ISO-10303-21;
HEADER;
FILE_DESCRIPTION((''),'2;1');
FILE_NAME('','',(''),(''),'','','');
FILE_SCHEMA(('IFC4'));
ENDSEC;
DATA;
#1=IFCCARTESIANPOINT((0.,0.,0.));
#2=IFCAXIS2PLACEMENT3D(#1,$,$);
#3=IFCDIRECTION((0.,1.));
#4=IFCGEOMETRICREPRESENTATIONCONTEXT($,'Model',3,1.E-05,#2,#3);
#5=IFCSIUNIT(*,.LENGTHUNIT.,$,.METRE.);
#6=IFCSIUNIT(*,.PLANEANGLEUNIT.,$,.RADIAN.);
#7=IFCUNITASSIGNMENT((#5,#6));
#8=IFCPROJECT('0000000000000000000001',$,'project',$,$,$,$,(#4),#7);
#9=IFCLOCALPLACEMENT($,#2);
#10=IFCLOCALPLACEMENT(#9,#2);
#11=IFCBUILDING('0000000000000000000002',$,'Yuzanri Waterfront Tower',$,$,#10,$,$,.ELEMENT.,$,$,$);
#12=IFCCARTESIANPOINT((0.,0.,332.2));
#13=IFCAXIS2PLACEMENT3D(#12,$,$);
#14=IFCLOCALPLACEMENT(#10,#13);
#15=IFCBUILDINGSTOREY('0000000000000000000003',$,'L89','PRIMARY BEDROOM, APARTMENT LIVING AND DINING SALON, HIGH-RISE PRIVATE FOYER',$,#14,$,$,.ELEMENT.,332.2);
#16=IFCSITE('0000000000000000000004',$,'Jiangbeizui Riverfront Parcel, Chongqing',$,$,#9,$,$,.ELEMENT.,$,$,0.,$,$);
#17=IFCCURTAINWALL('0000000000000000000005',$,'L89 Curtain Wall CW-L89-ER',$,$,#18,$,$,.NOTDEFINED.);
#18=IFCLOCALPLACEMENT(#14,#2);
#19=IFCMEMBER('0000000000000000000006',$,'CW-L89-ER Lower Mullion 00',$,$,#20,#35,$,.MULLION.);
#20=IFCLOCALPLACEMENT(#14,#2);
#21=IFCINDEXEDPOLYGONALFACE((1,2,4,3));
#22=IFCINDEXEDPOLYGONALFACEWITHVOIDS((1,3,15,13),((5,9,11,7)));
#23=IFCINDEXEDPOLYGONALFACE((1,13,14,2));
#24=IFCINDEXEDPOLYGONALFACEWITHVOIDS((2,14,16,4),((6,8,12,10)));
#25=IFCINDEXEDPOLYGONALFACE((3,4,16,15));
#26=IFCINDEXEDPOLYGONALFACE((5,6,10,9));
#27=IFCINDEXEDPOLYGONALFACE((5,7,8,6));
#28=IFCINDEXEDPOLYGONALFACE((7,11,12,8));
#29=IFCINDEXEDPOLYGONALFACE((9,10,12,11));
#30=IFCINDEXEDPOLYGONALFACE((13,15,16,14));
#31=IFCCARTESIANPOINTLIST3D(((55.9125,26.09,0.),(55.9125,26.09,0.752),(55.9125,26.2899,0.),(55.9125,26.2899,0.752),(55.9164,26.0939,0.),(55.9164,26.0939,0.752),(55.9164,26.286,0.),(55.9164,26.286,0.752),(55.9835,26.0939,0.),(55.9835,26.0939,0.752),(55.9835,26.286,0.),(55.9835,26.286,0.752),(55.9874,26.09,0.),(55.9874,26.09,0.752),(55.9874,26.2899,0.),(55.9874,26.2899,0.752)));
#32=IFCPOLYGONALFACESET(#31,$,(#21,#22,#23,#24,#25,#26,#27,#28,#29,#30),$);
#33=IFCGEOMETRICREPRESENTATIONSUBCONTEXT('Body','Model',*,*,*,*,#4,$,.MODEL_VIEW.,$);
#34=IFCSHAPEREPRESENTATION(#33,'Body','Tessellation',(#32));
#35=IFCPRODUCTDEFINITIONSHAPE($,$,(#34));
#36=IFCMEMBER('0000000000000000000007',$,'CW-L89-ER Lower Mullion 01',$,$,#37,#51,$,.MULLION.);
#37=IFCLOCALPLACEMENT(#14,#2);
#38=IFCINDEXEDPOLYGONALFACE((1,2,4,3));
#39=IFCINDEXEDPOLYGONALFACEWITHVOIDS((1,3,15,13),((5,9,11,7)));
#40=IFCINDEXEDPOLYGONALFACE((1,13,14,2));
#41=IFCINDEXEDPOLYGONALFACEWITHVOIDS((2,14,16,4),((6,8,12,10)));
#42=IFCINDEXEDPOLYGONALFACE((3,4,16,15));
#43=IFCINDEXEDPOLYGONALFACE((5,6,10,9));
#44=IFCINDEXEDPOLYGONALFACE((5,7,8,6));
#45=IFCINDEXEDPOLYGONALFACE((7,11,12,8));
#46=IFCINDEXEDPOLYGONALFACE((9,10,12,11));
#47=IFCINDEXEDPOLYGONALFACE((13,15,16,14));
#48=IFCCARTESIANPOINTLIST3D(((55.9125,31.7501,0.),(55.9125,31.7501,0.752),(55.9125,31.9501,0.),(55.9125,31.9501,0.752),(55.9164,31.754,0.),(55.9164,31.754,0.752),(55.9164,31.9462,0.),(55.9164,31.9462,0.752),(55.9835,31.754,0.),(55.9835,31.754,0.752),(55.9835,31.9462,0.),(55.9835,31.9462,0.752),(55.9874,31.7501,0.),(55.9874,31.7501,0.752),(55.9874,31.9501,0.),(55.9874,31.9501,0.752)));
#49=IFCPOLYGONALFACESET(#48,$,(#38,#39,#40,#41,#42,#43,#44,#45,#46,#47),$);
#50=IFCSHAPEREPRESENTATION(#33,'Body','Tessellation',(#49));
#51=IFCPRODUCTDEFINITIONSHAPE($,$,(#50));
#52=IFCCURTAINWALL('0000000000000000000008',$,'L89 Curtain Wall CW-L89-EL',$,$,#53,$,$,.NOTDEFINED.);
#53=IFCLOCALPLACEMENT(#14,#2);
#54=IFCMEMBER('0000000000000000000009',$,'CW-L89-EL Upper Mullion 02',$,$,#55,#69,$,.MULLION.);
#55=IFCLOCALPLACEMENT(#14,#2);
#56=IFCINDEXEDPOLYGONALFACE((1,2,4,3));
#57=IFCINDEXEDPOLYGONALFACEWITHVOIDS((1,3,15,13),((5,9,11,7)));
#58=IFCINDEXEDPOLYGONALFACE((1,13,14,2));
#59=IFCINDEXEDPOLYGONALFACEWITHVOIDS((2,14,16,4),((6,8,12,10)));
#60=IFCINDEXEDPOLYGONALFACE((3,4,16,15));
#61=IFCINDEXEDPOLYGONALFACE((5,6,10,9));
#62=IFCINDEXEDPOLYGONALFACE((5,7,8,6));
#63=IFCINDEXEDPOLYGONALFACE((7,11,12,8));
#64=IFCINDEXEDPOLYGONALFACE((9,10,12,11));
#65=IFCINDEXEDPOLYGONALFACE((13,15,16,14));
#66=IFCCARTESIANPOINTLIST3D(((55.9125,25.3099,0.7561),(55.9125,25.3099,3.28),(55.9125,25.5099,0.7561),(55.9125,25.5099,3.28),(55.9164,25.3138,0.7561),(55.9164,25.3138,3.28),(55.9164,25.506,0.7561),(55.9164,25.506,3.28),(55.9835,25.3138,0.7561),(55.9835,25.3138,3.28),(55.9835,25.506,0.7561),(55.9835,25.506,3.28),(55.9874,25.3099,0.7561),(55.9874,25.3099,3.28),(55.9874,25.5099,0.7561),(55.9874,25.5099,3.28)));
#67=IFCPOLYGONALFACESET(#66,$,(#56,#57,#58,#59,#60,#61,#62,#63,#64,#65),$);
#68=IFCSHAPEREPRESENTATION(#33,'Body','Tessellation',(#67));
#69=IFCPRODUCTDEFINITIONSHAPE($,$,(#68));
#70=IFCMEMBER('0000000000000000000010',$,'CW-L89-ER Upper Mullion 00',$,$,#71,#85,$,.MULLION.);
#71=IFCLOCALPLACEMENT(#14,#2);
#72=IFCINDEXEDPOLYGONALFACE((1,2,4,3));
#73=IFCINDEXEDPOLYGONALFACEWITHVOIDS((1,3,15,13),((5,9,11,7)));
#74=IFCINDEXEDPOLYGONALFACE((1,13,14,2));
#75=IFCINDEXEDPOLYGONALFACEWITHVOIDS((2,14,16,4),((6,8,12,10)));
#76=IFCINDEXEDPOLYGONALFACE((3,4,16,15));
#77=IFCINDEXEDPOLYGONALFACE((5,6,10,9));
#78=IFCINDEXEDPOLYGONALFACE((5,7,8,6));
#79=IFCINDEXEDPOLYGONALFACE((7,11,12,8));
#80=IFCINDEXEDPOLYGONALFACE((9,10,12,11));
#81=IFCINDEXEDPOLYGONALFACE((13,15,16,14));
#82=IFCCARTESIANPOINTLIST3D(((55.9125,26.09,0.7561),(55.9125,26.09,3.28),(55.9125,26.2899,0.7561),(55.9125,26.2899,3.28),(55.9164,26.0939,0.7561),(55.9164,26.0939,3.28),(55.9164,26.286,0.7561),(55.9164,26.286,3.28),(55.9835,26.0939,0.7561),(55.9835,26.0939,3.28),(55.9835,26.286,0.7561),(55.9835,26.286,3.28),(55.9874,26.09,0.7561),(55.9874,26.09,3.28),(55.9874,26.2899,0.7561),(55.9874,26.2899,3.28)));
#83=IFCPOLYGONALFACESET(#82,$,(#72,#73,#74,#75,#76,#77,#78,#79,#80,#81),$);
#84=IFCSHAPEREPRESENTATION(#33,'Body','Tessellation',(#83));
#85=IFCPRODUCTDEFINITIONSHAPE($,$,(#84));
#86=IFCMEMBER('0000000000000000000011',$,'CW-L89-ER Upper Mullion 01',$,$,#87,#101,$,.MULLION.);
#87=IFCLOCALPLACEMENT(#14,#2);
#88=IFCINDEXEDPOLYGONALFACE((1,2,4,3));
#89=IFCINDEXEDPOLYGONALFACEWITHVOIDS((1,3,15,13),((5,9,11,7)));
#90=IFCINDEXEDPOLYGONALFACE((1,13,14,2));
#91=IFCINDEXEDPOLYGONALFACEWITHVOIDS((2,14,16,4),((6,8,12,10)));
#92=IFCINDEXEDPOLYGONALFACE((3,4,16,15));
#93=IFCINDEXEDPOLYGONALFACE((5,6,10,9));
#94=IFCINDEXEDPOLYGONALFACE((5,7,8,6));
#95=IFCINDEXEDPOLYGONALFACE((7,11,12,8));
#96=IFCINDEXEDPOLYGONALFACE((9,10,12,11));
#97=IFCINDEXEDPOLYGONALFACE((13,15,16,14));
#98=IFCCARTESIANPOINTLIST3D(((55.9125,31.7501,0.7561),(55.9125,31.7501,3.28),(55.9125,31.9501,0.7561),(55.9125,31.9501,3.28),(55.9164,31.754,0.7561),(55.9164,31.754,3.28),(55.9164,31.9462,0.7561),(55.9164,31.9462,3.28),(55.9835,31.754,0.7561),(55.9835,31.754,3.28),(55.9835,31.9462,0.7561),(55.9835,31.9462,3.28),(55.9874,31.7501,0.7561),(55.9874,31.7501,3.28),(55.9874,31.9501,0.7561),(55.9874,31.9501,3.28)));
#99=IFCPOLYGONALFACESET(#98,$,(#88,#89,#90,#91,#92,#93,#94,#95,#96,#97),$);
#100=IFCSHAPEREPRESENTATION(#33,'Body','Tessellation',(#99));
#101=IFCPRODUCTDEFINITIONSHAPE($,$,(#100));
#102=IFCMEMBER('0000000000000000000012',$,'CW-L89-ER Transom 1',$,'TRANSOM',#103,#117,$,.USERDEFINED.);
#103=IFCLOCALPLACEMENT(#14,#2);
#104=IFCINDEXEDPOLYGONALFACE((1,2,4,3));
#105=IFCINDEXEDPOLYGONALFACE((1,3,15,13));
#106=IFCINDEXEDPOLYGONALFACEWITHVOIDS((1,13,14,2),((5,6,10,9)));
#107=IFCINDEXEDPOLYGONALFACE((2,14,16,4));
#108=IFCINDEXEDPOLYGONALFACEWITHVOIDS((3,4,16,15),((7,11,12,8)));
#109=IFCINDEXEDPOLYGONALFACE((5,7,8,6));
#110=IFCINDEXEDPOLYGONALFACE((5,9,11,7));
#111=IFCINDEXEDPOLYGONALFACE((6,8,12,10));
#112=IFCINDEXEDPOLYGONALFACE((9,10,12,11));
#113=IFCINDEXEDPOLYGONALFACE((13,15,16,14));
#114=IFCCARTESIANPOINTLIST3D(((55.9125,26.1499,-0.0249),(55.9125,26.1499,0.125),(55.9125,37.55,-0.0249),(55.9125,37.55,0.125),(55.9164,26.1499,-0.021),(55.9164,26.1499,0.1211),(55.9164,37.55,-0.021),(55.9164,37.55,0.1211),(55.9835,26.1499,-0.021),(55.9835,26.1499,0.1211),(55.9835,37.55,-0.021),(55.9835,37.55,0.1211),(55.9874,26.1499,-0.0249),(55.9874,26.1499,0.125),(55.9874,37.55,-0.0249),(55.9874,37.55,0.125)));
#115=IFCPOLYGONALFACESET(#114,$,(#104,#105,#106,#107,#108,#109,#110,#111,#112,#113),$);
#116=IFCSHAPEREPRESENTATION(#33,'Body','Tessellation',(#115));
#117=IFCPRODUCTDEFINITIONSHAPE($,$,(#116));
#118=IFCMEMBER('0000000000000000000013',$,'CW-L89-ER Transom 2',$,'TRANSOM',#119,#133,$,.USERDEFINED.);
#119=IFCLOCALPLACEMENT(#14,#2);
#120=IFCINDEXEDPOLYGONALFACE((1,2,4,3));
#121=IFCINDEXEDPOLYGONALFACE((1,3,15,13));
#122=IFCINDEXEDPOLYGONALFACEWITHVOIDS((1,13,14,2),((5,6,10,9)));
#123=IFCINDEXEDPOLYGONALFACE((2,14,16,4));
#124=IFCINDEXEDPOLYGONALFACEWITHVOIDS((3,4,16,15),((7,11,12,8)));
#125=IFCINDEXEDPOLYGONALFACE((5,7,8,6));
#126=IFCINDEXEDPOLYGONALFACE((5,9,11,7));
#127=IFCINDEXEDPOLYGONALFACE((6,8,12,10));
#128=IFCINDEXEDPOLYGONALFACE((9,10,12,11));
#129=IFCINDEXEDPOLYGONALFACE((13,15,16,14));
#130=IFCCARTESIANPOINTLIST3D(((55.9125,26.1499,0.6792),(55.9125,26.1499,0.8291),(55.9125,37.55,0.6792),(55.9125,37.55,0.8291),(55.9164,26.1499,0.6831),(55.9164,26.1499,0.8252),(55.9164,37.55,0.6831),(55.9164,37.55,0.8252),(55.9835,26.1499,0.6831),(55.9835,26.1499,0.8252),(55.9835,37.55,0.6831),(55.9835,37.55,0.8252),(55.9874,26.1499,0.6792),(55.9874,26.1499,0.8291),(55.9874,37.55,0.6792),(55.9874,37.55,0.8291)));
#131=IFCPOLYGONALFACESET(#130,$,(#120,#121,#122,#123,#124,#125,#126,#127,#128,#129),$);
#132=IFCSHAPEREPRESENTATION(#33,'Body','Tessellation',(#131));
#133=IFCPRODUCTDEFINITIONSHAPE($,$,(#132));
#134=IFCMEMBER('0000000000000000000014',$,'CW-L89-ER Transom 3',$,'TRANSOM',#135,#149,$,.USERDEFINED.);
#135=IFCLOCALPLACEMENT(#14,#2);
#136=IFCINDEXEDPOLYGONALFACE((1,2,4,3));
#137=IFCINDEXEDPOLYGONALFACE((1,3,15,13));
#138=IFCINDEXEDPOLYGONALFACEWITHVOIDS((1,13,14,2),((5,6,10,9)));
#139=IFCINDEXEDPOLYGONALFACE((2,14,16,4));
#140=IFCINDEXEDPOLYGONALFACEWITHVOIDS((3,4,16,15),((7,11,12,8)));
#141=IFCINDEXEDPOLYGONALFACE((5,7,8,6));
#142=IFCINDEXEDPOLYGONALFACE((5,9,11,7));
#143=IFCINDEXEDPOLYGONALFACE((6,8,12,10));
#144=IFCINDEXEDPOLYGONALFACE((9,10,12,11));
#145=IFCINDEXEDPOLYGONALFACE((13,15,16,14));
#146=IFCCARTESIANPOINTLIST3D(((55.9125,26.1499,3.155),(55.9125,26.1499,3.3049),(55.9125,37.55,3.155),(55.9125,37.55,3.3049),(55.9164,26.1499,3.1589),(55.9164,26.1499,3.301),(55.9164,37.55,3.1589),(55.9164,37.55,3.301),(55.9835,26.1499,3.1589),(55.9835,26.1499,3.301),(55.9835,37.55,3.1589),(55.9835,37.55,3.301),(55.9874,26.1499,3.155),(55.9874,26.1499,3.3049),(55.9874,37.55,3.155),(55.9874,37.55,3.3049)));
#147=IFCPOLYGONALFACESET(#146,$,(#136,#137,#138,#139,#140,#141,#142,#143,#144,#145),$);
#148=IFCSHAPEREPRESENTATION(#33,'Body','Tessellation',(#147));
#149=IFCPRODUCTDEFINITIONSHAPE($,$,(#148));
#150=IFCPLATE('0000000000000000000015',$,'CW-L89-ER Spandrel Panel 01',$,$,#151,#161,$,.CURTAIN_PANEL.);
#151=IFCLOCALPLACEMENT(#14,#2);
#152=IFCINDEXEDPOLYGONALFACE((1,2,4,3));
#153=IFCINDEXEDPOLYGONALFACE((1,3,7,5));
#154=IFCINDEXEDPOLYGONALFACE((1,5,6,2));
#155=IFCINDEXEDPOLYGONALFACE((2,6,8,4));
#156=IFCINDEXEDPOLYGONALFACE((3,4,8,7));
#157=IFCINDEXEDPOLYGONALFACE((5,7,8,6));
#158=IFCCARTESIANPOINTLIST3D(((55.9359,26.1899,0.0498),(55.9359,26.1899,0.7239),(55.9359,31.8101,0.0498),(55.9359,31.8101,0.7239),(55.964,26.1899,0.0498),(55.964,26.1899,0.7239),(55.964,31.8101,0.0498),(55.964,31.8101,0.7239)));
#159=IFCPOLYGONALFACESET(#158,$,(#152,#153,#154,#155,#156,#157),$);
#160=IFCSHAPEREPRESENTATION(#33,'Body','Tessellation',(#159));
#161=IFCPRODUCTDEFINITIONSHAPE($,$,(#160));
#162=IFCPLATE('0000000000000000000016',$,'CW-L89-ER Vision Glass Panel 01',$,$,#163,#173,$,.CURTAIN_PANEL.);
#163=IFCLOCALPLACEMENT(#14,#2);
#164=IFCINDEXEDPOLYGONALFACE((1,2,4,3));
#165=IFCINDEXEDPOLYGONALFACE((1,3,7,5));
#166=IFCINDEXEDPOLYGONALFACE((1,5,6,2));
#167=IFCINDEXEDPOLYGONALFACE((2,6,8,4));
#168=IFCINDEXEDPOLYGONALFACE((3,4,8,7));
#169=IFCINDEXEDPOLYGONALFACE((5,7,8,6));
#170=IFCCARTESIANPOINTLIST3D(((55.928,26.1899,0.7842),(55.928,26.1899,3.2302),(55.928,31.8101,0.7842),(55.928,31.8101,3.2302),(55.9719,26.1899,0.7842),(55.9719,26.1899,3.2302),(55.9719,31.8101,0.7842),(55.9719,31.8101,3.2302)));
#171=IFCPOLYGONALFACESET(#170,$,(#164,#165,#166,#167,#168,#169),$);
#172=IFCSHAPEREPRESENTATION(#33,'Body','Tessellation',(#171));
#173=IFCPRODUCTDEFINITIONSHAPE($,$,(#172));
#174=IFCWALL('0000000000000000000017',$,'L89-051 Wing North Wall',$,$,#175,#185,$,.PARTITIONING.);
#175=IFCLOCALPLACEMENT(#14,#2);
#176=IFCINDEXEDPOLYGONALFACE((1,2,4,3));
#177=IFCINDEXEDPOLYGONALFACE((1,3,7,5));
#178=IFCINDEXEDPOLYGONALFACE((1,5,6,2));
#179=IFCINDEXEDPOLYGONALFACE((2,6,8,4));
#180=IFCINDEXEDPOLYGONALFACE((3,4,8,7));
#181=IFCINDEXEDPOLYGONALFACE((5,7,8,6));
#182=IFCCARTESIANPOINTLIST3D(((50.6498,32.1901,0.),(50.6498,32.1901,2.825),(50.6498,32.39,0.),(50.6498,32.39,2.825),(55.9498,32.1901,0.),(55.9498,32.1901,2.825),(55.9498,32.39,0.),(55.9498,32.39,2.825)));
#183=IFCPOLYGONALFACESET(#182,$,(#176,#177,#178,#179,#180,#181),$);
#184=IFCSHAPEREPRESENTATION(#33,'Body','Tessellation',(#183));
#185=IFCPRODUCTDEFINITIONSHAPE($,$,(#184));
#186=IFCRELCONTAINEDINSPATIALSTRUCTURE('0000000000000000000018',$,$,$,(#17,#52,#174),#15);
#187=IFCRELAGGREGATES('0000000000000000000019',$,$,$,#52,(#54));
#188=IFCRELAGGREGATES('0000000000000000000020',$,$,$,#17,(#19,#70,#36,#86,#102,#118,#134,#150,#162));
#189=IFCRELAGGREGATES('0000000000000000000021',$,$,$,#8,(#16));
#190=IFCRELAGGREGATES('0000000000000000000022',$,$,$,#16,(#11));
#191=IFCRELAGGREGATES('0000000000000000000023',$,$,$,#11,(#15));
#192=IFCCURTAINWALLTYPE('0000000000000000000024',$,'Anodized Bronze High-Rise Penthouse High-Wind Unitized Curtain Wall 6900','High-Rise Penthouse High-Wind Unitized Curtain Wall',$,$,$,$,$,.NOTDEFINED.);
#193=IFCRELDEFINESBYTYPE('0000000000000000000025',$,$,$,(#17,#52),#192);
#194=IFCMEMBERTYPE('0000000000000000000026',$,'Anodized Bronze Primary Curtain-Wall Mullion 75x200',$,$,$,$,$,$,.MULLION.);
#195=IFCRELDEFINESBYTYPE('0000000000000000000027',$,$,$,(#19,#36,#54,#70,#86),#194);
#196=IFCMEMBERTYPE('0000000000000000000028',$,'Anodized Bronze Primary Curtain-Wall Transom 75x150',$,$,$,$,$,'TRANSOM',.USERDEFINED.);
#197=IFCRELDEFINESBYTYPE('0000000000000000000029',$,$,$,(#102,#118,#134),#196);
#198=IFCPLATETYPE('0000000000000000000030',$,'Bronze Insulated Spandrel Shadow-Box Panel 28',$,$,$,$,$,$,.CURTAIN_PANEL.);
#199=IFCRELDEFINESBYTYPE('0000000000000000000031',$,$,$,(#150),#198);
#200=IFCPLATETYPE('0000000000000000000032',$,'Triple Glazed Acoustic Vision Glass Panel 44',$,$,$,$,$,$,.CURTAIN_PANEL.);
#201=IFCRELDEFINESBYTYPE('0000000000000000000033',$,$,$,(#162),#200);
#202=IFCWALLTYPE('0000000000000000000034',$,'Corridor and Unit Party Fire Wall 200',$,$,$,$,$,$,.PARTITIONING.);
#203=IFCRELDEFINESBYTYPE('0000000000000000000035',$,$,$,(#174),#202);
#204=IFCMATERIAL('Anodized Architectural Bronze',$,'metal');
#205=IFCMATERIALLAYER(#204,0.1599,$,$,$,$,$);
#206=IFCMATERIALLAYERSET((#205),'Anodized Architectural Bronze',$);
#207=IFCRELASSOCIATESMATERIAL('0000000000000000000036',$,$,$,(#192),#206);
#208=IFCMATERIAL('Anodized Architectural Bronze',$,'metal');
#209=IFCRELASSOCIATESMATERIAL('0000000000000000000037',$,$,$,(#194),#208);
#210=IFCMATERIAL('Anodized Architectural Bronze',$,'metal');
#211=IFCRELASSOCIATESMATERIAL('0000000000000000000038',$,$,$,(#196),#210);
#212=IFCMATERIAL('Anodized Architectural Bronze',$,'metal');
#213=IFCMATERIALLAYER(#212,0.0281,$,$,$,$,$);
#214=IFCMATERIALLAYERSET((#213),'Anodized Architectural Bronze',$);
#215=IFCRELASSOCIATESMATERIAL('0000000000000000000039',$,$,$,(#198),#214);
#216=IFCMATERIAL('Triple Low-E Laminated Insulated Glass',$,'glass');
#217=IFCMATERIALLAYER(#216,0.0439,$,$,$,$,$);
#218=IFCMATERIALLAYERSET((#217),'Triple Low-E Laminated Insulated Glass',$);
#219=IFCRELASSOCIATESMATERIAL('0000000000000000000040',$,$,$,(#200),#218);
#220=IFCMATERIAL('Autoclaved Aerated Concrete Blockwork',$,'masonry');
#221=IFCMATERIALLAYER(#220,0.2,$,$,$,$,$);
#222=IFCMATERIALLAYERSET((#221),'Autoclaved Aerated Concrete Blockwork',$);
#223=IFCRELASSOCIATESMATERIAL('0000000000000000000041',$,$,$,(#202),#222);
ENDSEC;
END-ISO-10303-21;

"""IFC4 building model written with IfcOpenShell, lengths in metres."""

from ifc_helpers import new_model, si_unit, direction, frame, frame_2d, origin, origin_2d, place, context, subcontext, project, spatial, rectangle, hollow_rectangle, extrude, source, transform, mapped, material, layer, layer_set, material_profile, profile_set, type_object, element, aggregate, save


model = new_model("IFC4")

# Units and contexts
model_context = context("Model", 3, precision=1e-05, world=origin(), true_north=direction((0.0, 1.0)))
body_context = subcontext(model_context, "Body", "Model", "MODEL_VIEW")
ifc_project = project(units=[si_unit("LENGTHUNIT", "METRE"), si_unit("PLANEANGLEUNIT", "RADIAN")], contexts=[model_context])

# Site, building, storey
site_placement = place(None, origin())
site = spatial("IfcSite", under=ifc_project, at=site_placement, Name="Jiangbeizui Riverfront Parcel, Chongqing", CompositionType="ELEMENT", RefElevation=0.0)
building_placement = place(site_placement, origin())
building = spatial("IfcBuilding", under=site, at=building_placement, Name="Yuzanri Waterfront Tower", CompositionType="ELEMENT")
storey_placement = place(building_placement, frame((0.0, 0.0, 332.2)))
storey = spatial("IfcBuildingStorey", under=building, at=storey_placement, Name="L89", Description="PRIMARY BEDROOM, APARTMENT LIVING AND DINING SALON, HIGH-RISE PRIVATE FOYER", CompositionType="ELEMENT", Elevation=332.2)

# Curtain wall, members
ifc_material_1 = material(Name="Anodized Architectural Bronze", Category="metal")
ifc_layer_1 = layer(ifc_material_1, 0.1599)
ifc_layer_set_1 = layer_set([ifc_layer_1], Name="Anodized Architectural Bronze")
curtain_wall_type = type_object("IfcCurtainWallType", Name="Anodized Bronze High-Rise Penthouse High-Wind Unitized Curtain Wall 6900", Description="High-Rise Penthouse High-Wind Unitized Curtain Wall", PredefinedType="NOTDEFINED", material=ifc_layer_set_1)
curtain_wall_1_placement = place(storey_placement, origin())
curtain_wall_1 = element("IfcCurtainWall", 1, at=curtain_wall_1_placement, inside=storey, type_object=curtain_wall_type, Name="L89 Curtain Wall CW-L89-ER", PredefinedType="NOTDEFINED")
ifc_material_2 = material(Name="Anodized Architectural Bronze", Category="metal")
ifc_material_profile_1 = material_profile(ifc_material_2, hollow_rectangle(XDim=0.075, YDim=0.2, WallThickness=0.0039, at=origin_2d()), Name="CWM 75x200")
ifc_profile_set_1 = profile_set([ifc_material_profile_1], Name="Anodized Architectural Bronze")
member_type_1 = type_object("IfcMemberType", Name="Anodized Bronze Primary Curtain-Wall Mullion 75x200", PredefinedType="MULLION", material=ifc_profile_set_1)
shared_shape_1 = source(origin(), body_context, "Body", "SweptSolid", [
    extrude(hollow_rectangle(XDim=0.075, YDim=0.2, WallThickness=0.0039, at=origin_2d()), origin(), (0.0, 0.0, 1.0), 0.752),
])
member_1_placement = place(storey_placement, frame((55.95, 26.1899, 0.0), z_axis=(0.0, 0.0, 1.0), x_axis=(1.0, 0.0, 0.0)))
member_1 = element("IfcMember", 2, at=member_1_placement, type_object=member_type_1, Name="CW-L89-ER Lower Mullion 00", PredefinedType="MULLION", context=body_context, shape_type="MappedRepresentation", body=[
    mapped(shared_shape_1, transform((0.0, 0.0, 0.0), scale=1.0)),
])
member_2_placement = place(storey_placement, frame((55.95, 31.8501, 0.0), z_axis=(0.0, 0.0, 1.0), x_axis=(1.0, 0.0, 0.0)))
member_2 = element("IfcMember", 3, at=member_2_placement, type_object=member_type_1, Name="CW-L89-ER Lower Mullion 01", PredefinedType="MULLION", context=body_context, shape_type="MappedRepresentation", body=[
    mapped(shared_shape_1, transform((0.0, 0.0, 0.0), scale=1.0)),
])

# Curtain wall, member
curtain_wall_2_placement = place(storey_placement, origin())
curtain_wall_2 = element("IfcCurtainWall", 4, at=curtain_wall_2_placement, inside=storey, type_object=curtain_wall_type, Name="L89 Curtain Wall CW-L89-EL", PredefinedType="NOTDEFINED")
shared_shape_2 = source(origin(), body_context, "Body", "SweptSolid", [
    extrude(hollow_rectangle(XDim=0.075, YDim=0.2, WallThickness=0.0039, at=origin_2d()), origin(), (0.0, 0.0, 1.0), 2.5239),
])
member_3_placement = place(storey_placement, frame((55.95, 25.4099, 0.7561), z_axis=(0.0, 0.0, 1.0), x_axis=(1.0, 0.0, 0.0)))
member_3 = element("IfcMember", 5, at=member_3_placement, type_object=member_type_1, Name="CW-L89-EL Upper Mullion 02", PredefinedType="MULLION", context=body_context, shape_type="MappedRepresentation", body=[
    mapped(shared_shape_2, transform((0.0, 0.0, 0.0), scale=1.0)),
])
aggregate(curtain_wall_2, [member_3])

# Members
member_4_placement = place(storey_placement, frame((55.95, 26.1899, 0.7561), z_axis=(0.0, 0.0, 1.0), x_axis=(1.0, 0.0, 0.0)))
member_4 = element("IfcMember", 6, at=member_4_placement, type_object=member_type_1, Name="CW-L89-ER Upper Mullion 00", PredefinedType="MULLION", context=body_context, shape_type="MappedRepresentation", body=[
    mapped(shared_shape_2, transform((0.0, 0.0, 0.0), scale=1.0)),
])
member_5_placement = place(storey_placement, frame((55.95, 31.8501, 0.7561), z_axis=(0.0, 0.0, 1.0), x_axis=(1.0, 0.0, 0.0)))
member_5 = element("IfcMember", 7, at=member_5_placement, type_object=member_type_1, Name="CW-L89-ER Upper Mullion 01", PredefinedType="MULLION", context=body_context, shape_type="MappedRepresentation", body=[
    mapped(shared_shape_2, transform((0.0, 0.0, 0.0), scale=1.0)),
])
ifc_material_3 = material(Name="Anodized Architectural Bronze", Category="metal")
ifc_material_profile_2 = material_profile(ifc_material_3, hollow_rectangle(XDim=0.075, YDim=0.1499, WallThickness=0.0039, at=origin_2d()), Name="CWT 75x150")
ifc_profile_set_2 = profile_set([ifc_material_profile_2], Name="Anodized Architectural Bronze")
member_type_2 = type_object("IfcMemberType", Name="Anodized Bronze Primary Curtain-Wall Transom 75x150", ElementType="TRANSOM", PredefinedType="USERDEFINED", material=ifc_profile_set_2)
shared_shape_3 = source(origin(), body_context, "Body", "SweptSolid", [
    extrude(hollow_rectangle(XDim=0.075, YDim=0.1499, WallThickness=0.0039, at=origin_2d()), origin(), (0.0, 0.0, 1.0), 11.4001),
])
member_6_placement = place(storey_placement, frame((55.95, 26.1499, 0.05), z_axis=(0.0, 1.0, 0.0), x_axis=(-1.0, 0.0, 0.0)))
member_6 = element("IfcMember", 8, at=member_6_placement, type_object=member_type_2, Name="CW-L89-ER Transom 1", ObjectType="TRANSOM", PredefinedType="USERDEFINED", context=body_context, shape_type="MappedRepresentation", body=[
    mapped(shared_shape_3, transform((0.0, 0.0, 0.0), scale=1.0)),
])
member_7_placement = place(storey_placement, frame((55.95, 26.1499, 0.7542), z_axis=(0.0, 1.0, 0.0), x_axis=(-1.0, 0.0, 0.0)))
member_7 = element("IfcMember", 9, at=member_7_placement, type_object=member_type_2, Name="CW-L89-ER Transom 2", ObjectType="TRANSOM", PredefinedType="USERDEFINED", context=body_context, shape_type="MappedRepresentation", body=[
    mapped(shared_shape_3, transform((0.0, 0.0, 0.0), scale=1.0)),
])
member_8_placement = place(storey_placement, frame((55.95, 26.1499, 3.23), z_axis=(0.0, 1.0, 0.0), x_axis=(-1.0, 0.0, 0.0)))
member_8 = element("IfcMember", 10, at=member_8_placement, type_object=member_type_2, Name="CW-L89-ER Transom 3", ObjectType="TRANSOM", PredefinedType="USERDEFINED", context=body_context, shape_type="MappedRepresentation", body=[
    mapped(shared_shape_3, transform((0.0, 0.0, 0.0), scale=1.0)),
])

# Plates
ifc_material_4 = material(Name="Anodized Architectural Bronze", Category="metal")
ifc_layer_2 = layer(ifc_material_4, 0.0281)
ifc_layer_set_2 = layer_set([ifc_layer_2], Name="Anodized Architectural Bronze")
plate_type_1 = type_object("IfcPlateType", Name="Bronze Insulated Spandrel Shadow-Box Panel 28", PredefinedType="CURTAIN_PANEL", material=ifc_layer_set_2)
shared_shape_4 = source(origin(), body_context, "Body", "SweptSolid", [
    extrude(rectangle(XDim=5.6201, YDim=0.0281, at=origin_2d()), origin(), (0.0, 0.0, 1.0), 0.6741),
])
plate_1_placement = place(storey_placement, frame((55.95, 29.0, 0.0498), z_axis=(0.0, 0.0, 1.0), x_axis=(0.0, 1.0, 0.0)))
plate_1 = element("IfcPlate", 11, at=plate_1_placement, type_object=plate_type_1, Name="CW-L89-ER Spandrel Panel 01", PredefinedType="CURTAIN_PANEL", context=body_context, shape_type="MappedRepresentation", body=[
    mapped(shared_shape_4, transform((0.0, 0.0, 0.0), scale=1.0)),
])
ifc_material_5 = material(Name="Triple Low-E Laminated Insulated Glass", Category="glass")
ifc_layer_3 = layer(ifc_material_5, 0.0439)
ifc_layer_set_3 = layer_set([ifc_layer_3], Name="Triple Low-E Laminated Insulated Glass")
plate_type_2 = type_object("IfcPlateType", Name="Triple Glazed Acoustic Vision Glass Panel 44", PredefinedType="CURTAIN_PANEL", material=ifc_layer_set_3)
shared_shape_5 = source(origin(), body_context, "Body", "SweptSolid", [
    extrude(rectangle(XDim=5.6201, YDim=0.0439, at=origin_2d()), origin(), (0.0, 0.0, 1.0), 2.446),
])
plate_2_placement = place(storey_placement, frame((55.95, 29.0, 0.7842), z_axis=(0.0, 0.0, 1.0), x_axis=(0.0, 1.0, 0.0)))
plate_2 = element("IfcPlate", 12, at=plate_2_placement, type_object=plate_type_2, Name="CW-L89-ER Vision Glass Panel 01", PredefinedType="CURTAIN_PANEL", context=body_context, shape_type="MappedRepresentation", body=[
    mapped(shared_shape_5, transform((0.0, 0.0, 0.0), scale=1.0)),
])
aggregate(curtain_wall_1, [member_1, member_4, member_2, member_5, member_6, member_7, member_8, plate_1, plate_2])

# Wall
ifc_material_6 = material(Name="Autoclaved Aerated Concrete Blockwork", Category="masonry")
ifc_layer_4 = layer(ifc_material_6, 0.2)
ifc_layer_set_4 = layer_set([ifc_layer_4], Name="Autoclaved Aerated Concrete Blockwork")
wall_type = type_object("IfcWallType", Name="Corridor and Unit Party Fire Wall 200", PredefinedType="PARTITIONING", material=ifc_layer_set_4)
shared_shape_6 = source(origin(), body_context, "Body", "SweptSolid", [
    extrude(rectangle(XDim=5.3, YDim=0.2, at=frame_2d((2.6499, 0.0))), origin(), (0.0, 0.0, 1.0), 2.825),
])
wall_placement = place(storey_placement, frame((50.6499, 32.29, 0.0), z_axis=(0.0, 0.0, 1.0), x_axis=(1.0, 0.0, 0.0)))
element("IfcWall", 13, at=wall_placement, inside=storey, type_object=wall_type, Name="L89-051 Wing North Wall", PredefinedType="PARTITIONING", context=body_context, shape_type="MappedRepresentation", body=[
    mapped(shared_shape_6, transform((0.0, 0.0, 0.0), scale=1.0)),
])

save(model, "model.ifc")
